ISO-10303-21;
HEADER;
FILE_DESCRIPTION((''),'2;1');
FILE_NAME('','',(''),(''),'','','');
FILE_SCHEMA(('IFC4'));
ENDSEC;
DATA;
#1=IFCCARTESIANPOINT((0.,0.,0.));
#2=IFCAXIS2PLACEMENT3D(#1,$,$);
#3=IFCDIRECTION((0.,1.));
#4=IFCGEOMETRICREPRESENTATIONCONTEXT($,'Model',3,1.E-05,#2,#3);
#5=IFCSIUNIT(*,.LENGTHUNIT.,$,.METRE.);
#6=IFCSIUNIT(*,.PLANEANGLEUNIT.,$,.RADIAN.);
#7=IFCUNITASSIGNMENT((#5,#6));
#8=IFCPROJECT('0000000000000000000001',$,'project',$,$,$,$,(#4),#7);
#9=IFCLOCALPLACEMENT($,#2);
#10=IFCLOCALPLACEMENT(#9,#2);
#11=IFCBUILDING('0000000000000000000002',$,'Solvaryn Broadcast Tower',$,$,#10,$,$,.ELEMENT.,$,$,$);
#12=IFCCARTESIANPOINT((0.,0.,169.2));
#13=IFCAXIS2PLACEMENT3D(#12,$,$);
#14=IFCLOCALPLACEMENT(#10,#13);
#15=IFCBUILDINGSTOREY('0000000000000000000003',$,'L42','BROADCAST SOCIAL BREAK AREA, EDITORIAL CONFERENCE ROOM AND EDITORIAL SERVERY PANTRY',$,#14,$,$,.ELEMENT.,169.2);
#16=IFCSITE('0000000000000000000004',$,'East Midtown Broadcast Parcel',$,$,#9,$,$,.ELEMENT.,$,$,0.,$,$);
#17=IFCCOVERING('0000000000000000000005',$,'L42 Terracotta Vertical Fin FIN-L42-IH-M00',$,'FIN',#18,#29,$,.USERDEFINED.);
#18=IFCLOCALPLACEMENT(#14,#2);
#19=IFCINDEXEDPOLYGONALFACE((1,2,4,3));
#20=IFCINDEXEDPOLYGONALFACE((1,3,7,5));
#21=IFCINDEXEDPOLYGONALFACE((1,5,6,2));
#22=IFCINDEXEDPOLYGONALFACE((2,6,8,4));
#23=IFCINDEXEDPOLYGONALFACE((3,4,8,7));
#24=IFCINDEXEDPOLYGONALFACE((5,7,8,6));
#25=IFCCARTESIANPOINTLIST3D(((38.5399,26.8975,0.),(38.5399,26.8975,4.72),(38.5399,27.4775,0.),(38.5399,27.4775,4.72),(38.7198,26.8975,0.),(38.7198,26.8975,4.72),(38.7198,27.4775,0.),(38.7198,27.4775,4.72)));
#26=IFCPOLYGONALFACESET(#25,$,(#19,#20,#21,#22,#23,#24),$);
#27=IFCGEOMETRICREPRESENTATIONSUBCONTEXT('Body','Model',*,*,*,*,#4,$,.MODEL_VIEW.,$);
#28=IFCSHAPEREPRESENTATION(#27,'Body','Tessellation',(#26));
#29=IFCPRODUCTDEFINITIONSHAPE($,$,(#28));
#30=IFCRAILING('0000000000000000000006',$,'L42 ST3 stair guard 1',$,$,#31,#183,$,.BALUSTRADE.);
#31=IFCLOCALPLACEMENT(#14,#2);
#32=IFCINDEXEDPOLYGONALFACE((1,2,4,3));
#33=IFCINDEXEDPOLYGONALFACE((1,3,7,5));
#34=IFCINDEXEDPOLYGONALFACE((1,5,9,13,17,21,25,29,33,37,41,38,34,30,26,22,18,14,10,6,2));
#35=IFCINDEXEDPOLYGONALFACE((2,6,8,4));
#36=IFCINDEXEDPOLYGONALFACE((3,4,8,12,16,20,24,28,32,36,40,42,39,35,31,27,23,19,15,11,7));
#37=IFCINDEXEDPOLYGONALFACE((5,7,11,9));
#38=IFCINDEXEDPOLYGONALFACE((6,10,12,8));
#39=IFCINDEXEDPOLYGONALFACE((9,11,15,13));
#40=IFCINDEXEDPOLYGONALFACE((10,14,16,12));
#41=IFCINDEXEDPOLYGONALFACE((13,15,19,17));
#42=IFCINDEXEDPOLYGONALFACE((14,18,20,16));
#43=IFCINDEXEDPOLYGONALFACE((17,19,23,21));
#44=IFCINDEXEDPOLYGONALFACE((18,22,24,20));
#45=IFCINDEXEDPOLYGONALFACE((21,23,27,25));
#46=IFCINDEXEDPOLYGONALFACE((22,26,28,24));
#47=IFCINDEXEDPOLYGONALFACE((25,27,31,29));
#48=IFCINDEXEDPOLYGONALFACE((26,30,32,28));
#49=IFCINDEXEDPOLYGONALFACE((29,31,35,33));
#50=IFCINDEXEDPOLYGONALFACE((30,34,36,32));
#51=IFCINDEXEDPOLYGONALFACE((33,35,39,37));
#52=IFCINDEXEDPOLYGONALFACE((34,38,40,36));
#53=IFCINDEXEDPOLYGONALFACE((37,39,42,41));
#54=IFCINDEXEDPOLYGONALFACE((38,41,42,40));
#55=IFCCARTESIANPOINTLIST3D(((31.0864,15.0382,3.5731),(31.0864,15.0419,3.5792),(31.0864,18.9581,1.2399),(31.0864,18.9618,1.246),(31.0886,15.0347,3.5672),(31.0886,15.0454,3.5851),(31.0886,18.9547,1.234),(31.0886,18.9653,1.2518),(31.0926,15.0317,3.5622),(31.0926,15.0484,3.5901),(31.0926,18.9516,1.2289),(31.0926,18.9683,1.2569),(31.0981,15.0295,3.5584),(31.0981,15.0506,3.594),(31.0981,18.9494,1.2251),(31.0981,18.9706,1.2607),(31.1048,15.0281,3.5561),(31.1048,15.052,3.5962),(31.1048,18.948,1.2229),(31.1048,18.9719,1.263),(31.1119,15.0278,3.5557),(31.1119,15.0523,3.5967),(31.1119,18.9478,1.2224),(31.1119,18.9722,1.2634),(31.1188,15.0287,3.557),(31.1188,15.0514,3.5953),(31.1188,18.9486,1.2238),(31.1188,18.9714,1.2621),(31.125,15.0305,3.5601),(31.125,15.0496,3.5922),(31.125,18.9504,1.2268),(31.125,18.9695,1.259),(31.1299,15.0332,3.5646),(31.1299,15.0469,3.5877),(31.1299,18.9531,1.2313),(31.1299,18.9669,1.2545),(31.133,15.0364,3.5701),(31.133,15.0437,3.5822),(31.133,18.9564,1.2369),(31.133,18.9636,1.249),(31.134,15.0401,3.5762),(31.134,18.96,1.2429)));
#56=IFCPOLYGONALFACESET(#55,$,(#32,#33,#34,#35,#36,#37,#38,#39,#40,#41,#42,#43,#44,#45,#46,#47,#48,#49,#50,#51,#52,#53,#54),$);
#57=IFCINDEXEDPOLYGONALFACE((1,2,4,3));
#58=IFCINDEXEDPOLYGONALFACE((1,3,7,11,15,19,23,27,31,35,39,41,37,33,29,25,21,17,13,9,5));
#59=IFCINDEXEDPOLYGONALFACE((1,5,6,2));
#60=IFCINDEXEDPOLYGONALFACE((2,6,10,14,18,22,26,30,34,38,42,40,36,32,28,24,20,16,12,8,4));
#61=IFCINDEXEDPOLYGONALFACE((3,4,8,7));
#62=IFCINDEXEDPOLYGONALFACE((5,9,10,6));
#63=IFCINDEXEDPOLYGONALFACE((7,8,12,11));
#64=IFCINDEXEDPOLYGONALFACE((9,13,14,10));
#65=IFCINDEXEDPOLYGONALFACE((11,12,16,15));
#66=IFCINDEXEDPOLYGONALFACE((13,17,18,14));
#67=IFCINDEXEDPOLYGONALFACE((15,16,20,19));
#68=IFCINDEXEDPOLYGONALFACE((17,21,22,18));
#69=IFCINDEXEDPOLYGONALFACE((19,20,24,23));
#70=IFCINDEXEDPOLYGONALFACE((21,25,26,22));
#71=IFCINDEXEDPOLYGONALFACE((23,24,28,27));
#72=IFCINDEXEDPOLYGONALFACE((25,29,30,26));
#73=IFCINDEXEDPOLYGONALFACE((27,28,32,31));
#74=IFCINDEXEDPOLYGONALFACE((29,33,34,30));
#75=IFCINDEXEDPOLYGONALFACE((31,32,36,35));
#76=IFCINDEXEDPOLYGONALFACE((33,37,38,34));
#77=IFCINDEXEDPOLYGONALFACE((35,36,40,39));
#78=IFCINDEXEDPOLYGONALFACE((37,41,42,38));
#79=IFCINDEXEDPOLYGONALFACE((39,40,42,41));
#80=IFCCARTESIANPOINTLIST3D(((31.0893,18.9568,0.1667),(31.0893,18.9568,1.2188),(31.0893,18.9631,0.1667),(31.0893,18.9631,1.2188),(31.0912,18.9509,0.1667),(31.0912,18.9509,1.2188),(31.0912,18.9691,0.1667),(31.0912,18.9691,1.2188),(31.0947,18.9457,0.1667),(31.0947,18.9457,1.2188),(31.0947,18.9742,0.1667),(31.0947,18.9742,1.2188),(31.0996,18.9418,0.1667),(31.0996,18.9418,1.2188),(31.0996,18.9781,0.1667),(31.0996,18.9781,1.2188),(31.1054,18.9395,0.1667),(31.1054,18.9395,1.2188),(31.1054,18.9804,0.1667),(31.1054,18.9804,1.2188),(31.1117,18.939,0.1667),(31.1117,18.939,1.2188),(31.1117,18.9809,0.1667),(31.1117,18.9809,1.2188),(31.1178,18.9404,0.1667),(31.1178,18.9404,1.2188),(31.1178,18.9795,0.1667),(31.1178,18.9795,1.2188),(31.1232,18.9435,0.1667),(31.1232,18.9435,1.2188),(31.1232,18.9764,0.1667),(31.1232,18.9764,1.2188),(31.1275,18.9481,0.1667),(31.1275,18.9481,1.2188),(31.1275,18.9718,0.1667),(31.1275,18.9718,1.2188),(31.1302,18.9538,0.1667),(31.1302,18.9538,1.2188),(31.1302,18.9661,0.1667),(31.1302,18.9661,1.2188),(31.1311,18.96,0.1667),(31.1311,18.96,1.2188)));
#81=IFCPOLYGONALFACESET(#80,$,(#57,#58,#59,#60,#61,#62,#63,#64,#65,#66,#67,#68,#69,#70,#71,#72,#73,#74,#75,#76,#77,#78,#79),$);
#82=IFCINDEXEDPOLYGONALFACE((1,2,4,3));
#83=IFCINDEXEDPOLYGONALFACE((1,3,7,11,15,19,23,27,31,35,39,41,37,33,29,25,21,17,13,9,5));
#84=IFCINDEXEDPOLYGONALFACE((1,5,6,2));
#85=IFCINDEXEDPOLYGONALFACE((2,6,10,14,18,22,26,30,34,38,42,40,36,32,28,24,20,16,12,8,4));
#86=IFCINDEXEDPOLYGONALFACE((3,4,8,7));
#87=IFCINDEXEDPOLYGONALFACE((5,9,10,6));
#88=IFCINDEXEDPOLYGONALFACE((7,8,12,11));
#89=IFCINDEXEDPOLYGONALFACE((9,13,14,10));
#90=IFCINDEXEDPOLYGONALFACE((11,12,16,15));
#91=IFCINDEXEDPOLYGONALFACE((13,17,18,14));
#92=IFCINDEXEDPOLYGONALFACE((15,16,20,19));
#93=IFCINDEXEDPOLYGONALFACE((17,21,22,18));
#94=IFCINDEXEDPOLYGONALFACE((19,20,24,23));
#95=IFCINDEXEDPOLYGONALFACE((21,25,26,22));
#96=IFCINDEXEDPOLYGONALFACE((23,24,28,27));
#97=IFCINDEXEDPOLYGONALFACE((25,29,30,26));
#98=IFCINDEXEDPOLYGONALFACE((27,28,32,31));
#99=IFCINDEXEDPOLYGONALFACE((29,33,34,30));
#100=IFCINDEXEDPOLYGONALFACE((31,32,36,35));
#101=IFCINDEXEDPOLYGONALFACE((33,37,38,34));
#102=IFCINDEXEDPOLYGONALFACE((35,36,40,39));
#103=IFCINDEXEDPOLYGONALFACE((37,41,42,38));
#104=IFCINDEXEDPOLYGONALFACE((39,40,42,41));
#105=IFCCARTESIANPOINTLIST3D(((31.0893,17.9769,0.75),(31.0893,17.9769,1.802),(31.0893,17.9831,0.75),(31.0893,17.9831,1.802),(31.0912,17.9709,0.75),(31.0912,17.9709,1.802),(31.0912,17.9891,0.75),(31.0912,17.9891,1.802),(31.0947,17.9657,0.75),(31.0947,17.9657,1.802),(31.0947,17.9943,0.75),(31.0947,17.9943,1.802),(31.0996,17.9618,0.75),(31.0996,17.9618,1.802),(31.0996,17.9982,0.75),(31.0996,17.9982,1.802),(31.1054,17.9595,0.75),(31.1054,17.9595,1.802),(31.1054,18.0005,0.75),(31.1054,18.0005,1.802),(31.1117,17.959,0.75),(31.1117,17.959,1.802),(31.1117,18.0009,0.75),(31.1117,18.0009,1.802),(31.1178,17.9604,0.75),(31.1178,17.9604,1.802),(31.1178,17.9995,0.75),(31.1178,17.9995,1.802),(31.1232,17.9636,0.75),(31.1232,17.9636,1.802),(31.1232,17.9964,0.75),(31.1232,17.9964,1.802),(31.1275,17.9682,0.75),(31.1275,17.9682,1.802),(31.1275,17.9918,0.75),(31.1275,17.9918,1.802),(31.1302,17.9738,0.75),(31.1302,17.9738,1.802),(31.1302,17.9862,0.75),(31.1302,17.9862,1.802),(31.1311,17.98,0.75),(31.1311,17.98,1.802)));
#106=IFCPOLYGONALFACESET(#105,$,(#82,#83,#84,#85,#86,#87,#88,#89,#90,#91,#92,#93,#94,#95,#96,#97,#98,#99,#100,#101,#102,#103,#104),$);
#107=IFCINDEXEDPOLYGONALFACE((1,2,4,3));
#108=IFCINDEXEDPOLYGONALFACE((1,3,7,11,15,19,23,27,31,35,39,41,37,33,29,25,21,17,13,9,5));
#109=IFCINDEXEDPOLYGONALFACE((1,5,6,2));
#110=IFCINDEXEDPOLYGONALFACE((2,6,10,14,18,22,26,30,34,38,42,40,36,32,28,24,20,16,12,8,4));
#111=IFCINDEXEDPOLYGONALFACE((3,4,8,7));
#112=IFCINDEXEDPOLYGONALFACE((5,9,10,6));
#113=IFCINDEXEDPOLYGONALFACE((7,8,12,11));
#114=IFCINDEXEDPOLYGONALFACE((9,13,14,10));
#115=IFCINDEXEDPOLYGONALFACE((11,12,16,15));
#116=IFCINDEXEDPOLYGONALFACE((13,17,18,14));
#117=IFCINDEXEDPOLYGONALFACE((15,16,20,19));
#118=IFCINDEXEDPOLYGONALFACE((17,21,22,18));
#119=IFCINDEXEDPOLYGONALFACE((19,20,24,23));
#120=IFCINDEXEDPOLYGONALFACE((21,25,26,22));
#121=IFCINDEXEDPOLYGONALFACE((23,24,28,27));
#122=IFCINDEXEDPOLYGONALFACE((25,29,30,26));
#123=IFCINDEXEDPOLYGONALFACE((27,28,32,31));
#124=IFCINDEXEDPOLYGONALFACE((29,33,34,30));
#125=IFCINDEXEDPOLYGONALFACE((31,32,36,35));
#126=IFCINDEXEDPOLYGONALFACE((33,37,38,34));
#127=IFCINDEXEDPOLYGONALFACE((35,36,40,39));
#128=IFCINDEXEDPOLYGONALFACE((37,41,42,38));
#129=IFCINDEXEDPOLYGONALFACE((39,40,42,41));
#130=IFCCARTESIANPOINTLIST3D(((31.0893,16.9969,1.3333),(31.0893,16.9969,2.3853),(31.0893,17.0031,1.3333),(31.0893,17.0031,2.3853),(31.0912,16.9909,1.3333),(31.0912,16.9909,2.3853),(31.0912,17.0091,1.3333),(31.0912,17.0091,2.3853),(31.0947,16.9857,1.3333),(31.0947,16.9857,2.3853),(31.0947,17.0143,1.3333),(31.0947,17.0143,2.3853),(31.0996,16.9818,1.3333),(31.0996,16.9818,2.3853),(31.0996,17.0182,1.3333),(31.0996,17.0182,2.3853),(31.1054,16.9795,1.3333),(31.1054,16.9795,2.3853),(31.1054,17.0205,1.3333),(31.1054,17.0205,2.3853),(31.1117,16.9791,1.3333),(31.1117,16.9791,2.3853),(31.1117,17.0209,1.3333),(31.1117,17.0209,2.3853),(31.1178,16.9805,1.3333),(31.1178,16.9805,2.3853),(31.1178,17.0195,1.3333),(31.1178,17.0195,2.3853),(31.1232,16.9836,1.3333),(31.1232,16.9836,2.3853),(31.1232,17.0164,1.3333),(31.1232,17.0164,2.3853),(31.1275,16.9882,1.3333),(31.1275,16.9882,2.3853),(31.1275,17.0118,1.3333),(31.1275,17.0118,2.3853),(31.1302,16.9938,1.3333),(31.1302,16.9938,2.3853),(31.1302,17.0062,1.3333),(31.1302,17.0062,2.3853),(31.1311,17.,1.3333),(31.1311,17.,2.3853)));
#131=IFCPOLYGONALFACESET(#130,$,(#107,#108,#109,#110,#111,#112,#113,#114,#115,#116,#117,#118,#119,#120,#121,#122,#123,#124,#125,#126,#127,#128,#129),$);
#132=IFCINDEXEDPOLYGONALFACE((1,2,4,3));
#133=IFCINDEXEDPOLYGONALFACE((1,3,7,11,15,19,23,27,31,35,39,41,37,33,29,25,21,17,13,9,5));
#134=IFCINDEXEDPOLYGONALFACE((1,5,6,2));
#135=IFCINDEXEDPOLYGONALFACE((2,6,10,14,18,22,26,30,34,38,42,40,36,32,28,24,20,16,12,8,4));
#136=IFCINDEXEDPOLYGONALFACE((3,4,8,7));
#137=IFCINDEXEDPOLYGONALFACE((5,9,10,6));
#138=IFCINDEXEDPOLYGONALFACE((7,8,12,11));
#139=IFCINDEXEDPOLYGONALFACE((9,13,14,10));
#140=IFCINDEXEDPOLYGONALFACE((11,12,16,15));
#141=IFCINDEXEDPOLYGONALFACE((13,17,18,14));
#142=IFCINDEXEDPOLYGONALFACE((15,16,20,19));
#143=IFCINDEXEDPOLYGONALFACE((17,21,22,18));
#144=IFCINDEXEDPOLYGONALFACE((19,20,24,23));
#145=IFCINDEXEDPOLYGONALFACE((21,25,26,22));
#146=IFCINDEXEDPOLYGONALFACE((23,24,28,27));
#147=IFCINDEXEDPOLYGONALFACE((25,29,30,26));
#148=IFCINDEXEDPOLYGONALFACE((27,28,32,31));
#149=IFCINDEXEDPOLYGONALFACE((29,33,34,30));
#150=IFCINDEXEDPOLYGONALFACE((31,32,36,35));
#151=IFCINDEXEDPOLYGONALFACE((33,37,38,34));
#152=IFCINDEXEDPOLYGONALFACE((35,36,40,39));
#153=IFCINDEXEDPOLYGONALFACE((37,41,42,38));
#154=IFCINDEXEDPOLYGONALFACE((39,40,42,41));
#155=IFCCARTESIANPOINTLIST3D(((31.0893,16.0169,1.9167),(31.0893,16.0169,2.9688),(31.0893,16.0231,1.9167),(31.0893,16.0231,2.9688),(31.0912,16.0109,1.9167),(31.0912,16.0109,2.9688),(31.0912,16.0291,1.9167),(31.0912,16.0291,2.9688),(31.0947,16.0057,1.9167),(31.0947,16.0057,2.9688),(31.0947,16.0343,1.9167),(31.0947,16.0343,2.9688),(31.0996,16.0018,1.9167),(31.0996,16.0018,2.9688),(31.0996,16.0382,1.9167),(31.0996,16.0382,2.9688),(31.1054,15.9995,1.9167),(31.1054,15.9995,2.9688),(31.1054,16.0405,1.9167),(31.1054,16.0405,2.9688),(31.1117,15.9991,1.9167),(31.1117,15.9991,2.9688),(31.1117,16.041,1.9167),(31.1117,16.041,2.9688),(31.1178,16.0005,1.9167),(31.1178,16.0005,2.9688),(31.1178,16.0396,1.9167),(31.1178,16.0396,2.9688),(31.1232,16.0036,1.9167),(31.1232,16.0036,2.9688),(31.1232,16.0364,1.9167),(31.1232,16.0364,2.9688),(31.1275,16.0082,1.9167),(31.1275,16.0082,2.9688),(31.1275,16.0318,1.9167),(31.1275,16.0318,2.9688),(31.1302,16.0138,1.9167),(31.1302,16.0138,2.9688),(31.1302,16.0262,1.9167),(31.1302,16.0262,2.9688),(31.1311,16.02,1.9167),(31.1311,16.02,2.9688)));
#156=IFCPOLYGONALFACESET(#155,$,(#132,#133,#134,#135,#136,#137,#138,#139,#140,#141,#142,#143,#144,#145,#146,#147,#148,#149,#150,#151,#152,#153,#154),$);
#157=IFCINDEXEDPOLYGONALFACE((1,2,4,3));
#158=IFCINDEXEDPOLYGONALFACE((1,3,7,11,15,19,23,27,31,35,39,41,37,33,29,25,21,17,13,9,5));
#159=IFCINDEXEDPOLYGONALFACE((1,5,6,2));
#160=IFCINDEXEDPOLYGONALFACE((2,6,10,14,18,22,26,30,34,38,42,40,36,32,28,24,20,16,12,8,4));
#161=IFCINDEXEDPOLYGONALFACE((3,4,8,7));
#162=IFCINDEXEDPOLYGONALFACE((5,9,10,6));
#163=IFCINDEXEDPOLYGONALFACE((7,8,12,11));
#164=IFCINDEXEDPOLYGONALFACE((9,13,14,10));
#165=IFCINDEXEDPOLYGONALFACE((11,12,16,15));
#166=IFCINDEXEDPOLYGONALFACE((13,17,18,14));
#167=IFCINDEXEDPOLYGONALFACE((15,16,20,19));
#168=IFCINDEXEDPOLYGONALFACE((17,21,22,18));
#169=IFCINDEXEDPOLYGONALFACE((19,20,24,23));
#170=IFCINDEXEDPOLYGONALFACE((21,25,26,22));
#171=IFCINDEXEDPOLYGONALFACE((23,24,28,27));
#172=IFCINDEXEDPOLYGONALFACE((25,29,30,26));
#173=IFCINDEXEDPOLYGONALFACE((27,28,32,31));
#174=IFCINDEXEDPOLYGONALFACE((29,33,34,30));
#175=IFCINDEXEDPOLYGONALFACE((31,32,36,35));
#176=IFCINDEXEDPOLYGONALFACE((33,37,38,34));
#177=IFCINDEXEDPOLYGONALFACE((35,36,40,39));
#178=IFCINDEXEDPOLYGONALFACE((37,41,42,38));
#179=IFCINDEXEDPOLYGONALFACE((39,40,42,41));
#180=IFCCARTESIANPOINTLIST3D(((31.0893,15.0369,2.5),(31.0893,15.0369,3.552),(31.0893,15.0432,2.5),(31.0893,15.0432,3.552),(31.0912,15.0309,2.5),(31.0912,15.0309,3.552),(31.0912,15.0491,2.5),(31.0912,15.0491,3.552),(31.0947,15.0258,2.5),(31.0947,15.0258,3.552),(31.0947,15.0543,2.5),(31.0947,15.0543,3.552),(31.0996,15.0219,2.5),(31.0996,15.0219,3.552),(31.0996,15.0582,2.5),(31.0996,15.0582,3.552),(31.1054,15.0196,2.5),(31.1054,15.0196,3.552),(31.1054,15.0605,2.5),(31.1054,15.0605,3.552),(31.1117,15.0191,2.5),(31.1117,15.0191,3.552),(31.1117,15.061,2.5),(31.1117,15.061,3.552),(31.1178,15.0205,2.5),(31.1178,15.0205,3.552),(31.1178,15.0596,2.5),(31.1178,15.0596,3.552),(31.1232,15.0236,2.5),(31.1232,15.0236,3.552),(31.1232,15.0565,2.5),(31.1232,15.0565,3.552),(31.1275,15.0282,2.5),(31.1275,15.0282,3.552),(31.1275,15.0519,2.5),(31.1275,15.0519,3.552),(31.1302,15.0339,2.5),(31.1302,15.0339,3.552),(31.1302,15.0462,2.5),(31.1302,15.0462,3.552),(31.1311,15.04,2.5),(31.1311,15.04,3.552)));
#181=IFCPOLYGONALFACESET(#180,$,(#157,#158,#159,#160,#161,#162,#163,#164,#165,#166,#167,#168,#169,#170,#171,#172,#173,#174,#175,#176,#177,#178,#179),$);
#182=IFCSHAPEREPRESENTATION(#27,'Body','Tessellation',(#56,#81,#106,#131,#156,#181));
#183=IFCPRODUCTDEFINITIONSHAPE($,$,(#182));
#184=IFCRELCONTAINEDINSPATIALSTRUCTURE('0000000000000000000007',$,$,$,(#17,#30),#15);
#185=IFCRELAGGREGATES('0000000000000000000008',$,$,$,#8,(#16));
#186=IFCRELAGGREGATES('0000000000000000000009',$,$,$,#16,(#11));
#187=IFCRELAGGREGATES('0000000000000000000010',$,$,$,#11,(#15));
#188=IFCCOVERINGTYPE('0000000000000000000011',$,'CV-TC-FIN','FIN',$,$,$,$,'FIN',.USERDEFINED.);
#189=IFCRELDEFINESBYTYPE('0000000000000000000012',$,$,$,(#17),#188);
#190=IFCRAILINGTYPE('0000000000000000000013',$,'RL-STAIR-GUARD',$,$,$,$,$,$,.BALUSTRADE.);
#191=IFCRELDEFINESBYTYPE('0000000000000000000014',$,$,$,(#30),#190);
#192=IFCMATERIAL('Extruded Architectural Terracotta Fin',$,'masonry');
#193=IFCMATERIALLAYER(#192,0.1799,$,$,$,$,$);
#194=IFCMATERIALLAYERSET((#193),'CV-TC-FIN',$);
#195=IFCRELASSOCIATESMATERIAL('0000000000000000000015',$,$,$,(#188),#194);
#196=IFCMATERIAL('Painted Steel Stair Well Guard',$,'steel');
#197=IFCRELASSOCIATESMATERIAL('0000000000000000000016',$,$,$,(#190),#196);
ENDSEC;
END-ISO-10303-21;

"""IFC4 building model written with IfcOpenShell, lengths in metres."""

from ifc_helpers import new_model, si_unit, direction, frame, origin, origin_2d, place, context, subcontext, project, spatial, rectangle, circle, extrude, material, layer, layer_set, type_object, element, save


model = new_model("IFC4")

# Units and contexts
model_context = context("Model", 3, precision=1e-05, world=origin(), true_north=direction((0.0, 1.0)))
body_context = subcontext(model_context, "Body", "Model", "MODEL_VIEW")
ifc_project = project(units=[si_unit("LENGTHUNIT", "METRE"), si_unit("PLANEANGLEUNIT", "RADIAN")], contexts=[model_context])

# Site, building, storey
site_placement = place(None, origin())
site = spatial("IfcSite", under=ifc_project, at=site_placement, Name="East Midtown Broadcast Parcel", CompositionType="ELEMENT", RefElevation=0.0)
building_placement = place(site_placement, origin())
building = spatial("IfcBuilding", under=site, at=building_placement, Name="Solvaryn Broadcast Tower", CompositionType="ELEMENT")
storey_placement = place(building_placement, frame((0.0, 0.0, 169.2)))
storey = spatial("IfcBuildingStorey", under=building, at=storey_placement, Name="L42", Description="BROADCAST SOCIAL BREAK AREA, EDITORIAL CONFERENCE ROOM AND EDITORIAL SERVERY PANTRY", CompositionType="ELEMENT", Elevation=169.2)

# Covering
ifc_material_1 = material(Name="Extruded Architectural Terracotta Fin", Category="masonry")
ifc_layer_1 = layer(ifc_material_1, 0.1799)
ifc_layer_set_1 = layer_set([ifc_layer_1], Name="CV-TC-FIN")
covering_type_1 = type_object("IfcCoveringType", Name="CV-TC-FIN", Description="FIN", ElementType="FIN", PredefinedType="USERDEFINED", material=ifc_layer_set_1)
covering_1_placement = place(storey_placement, frame((38.6299, 27.1875, 0.0), z_axis=(0.0, 0.0, 1.0), x_axis=(1.0, 0.0, 0.0)))
element("IfcCovering", 1, at=covering_1_placement, inside=storey, type_object=covering_type_1, Name="L42 Terracotta Vertical Fin FIN-L42-IH-M00", ObjectType="FIN", PredefinedType="USERDEFINED", context=body_context, shape_type="SweptSolid", body=[
    extrude(rectangle(XDim=0.1799, YDim=0.5801, at=origin_2d()), origin(), (0.0, 0.0, 1.0), 4.72),
])

# Railing
ifc_material_2 = material(Name="Painted Steel Stair Well Guard", Category="steel")
railing_type = type_object("IfcRailingType", Name="RL-STAIR-GUARD", PredefinedType="BALUSTRADE", material=ifc_material_2)
railing_1_placement = place(storey_placement, frame((31.1101, 18.96, 0.1667)))
element("IfcRailing", 2, at=railing_1_placement, inside=storey, type_object=railing_type, Name="L42 ST3 stair guard 1", PredefinedType="BALUSTRADE", context=body_context, shape_type="SweptSolid", body=[
    extrude(circle(Radius=0.0239, at=origin_2d()), frame((0.0, 0.0, 1.0762), z_axis=(0.0, -0.859296, 0.511478), x_axis=(1.0, 0.0, 0.0)), (0.0, 0.0, 1.0), 4.5618),
    extrude(circle(Radius=0.021, at=origin_2d()), origin(), (0.0, 0.0, 1.0), 1.052),
    extrude(circle(Radius=0.021, at=origin_2d()), frame((0.0, -0.98, 0.5833)), (0.0, 0.0, 1.0), 1.052),
    extrude(circle(Radius=0.021, at=origin_2d()), frame((0.0, -1.96, 1.1665)), (0.0, 0.0, 1.0), 1.052),
    extrude(circle(Radius=0.021, at=origin_2d()), frame((0.0, -2.9399, 1.75)), (0.0, 0.0, 1.0), 1.052),
    extrude(circle(Radius=0.021, at=origin_2d()), frame((0.0, -3.9199, 2.3333)), (0.0, 0.0, 1.0), 1.052),
])

save(model, "model.ifc")
